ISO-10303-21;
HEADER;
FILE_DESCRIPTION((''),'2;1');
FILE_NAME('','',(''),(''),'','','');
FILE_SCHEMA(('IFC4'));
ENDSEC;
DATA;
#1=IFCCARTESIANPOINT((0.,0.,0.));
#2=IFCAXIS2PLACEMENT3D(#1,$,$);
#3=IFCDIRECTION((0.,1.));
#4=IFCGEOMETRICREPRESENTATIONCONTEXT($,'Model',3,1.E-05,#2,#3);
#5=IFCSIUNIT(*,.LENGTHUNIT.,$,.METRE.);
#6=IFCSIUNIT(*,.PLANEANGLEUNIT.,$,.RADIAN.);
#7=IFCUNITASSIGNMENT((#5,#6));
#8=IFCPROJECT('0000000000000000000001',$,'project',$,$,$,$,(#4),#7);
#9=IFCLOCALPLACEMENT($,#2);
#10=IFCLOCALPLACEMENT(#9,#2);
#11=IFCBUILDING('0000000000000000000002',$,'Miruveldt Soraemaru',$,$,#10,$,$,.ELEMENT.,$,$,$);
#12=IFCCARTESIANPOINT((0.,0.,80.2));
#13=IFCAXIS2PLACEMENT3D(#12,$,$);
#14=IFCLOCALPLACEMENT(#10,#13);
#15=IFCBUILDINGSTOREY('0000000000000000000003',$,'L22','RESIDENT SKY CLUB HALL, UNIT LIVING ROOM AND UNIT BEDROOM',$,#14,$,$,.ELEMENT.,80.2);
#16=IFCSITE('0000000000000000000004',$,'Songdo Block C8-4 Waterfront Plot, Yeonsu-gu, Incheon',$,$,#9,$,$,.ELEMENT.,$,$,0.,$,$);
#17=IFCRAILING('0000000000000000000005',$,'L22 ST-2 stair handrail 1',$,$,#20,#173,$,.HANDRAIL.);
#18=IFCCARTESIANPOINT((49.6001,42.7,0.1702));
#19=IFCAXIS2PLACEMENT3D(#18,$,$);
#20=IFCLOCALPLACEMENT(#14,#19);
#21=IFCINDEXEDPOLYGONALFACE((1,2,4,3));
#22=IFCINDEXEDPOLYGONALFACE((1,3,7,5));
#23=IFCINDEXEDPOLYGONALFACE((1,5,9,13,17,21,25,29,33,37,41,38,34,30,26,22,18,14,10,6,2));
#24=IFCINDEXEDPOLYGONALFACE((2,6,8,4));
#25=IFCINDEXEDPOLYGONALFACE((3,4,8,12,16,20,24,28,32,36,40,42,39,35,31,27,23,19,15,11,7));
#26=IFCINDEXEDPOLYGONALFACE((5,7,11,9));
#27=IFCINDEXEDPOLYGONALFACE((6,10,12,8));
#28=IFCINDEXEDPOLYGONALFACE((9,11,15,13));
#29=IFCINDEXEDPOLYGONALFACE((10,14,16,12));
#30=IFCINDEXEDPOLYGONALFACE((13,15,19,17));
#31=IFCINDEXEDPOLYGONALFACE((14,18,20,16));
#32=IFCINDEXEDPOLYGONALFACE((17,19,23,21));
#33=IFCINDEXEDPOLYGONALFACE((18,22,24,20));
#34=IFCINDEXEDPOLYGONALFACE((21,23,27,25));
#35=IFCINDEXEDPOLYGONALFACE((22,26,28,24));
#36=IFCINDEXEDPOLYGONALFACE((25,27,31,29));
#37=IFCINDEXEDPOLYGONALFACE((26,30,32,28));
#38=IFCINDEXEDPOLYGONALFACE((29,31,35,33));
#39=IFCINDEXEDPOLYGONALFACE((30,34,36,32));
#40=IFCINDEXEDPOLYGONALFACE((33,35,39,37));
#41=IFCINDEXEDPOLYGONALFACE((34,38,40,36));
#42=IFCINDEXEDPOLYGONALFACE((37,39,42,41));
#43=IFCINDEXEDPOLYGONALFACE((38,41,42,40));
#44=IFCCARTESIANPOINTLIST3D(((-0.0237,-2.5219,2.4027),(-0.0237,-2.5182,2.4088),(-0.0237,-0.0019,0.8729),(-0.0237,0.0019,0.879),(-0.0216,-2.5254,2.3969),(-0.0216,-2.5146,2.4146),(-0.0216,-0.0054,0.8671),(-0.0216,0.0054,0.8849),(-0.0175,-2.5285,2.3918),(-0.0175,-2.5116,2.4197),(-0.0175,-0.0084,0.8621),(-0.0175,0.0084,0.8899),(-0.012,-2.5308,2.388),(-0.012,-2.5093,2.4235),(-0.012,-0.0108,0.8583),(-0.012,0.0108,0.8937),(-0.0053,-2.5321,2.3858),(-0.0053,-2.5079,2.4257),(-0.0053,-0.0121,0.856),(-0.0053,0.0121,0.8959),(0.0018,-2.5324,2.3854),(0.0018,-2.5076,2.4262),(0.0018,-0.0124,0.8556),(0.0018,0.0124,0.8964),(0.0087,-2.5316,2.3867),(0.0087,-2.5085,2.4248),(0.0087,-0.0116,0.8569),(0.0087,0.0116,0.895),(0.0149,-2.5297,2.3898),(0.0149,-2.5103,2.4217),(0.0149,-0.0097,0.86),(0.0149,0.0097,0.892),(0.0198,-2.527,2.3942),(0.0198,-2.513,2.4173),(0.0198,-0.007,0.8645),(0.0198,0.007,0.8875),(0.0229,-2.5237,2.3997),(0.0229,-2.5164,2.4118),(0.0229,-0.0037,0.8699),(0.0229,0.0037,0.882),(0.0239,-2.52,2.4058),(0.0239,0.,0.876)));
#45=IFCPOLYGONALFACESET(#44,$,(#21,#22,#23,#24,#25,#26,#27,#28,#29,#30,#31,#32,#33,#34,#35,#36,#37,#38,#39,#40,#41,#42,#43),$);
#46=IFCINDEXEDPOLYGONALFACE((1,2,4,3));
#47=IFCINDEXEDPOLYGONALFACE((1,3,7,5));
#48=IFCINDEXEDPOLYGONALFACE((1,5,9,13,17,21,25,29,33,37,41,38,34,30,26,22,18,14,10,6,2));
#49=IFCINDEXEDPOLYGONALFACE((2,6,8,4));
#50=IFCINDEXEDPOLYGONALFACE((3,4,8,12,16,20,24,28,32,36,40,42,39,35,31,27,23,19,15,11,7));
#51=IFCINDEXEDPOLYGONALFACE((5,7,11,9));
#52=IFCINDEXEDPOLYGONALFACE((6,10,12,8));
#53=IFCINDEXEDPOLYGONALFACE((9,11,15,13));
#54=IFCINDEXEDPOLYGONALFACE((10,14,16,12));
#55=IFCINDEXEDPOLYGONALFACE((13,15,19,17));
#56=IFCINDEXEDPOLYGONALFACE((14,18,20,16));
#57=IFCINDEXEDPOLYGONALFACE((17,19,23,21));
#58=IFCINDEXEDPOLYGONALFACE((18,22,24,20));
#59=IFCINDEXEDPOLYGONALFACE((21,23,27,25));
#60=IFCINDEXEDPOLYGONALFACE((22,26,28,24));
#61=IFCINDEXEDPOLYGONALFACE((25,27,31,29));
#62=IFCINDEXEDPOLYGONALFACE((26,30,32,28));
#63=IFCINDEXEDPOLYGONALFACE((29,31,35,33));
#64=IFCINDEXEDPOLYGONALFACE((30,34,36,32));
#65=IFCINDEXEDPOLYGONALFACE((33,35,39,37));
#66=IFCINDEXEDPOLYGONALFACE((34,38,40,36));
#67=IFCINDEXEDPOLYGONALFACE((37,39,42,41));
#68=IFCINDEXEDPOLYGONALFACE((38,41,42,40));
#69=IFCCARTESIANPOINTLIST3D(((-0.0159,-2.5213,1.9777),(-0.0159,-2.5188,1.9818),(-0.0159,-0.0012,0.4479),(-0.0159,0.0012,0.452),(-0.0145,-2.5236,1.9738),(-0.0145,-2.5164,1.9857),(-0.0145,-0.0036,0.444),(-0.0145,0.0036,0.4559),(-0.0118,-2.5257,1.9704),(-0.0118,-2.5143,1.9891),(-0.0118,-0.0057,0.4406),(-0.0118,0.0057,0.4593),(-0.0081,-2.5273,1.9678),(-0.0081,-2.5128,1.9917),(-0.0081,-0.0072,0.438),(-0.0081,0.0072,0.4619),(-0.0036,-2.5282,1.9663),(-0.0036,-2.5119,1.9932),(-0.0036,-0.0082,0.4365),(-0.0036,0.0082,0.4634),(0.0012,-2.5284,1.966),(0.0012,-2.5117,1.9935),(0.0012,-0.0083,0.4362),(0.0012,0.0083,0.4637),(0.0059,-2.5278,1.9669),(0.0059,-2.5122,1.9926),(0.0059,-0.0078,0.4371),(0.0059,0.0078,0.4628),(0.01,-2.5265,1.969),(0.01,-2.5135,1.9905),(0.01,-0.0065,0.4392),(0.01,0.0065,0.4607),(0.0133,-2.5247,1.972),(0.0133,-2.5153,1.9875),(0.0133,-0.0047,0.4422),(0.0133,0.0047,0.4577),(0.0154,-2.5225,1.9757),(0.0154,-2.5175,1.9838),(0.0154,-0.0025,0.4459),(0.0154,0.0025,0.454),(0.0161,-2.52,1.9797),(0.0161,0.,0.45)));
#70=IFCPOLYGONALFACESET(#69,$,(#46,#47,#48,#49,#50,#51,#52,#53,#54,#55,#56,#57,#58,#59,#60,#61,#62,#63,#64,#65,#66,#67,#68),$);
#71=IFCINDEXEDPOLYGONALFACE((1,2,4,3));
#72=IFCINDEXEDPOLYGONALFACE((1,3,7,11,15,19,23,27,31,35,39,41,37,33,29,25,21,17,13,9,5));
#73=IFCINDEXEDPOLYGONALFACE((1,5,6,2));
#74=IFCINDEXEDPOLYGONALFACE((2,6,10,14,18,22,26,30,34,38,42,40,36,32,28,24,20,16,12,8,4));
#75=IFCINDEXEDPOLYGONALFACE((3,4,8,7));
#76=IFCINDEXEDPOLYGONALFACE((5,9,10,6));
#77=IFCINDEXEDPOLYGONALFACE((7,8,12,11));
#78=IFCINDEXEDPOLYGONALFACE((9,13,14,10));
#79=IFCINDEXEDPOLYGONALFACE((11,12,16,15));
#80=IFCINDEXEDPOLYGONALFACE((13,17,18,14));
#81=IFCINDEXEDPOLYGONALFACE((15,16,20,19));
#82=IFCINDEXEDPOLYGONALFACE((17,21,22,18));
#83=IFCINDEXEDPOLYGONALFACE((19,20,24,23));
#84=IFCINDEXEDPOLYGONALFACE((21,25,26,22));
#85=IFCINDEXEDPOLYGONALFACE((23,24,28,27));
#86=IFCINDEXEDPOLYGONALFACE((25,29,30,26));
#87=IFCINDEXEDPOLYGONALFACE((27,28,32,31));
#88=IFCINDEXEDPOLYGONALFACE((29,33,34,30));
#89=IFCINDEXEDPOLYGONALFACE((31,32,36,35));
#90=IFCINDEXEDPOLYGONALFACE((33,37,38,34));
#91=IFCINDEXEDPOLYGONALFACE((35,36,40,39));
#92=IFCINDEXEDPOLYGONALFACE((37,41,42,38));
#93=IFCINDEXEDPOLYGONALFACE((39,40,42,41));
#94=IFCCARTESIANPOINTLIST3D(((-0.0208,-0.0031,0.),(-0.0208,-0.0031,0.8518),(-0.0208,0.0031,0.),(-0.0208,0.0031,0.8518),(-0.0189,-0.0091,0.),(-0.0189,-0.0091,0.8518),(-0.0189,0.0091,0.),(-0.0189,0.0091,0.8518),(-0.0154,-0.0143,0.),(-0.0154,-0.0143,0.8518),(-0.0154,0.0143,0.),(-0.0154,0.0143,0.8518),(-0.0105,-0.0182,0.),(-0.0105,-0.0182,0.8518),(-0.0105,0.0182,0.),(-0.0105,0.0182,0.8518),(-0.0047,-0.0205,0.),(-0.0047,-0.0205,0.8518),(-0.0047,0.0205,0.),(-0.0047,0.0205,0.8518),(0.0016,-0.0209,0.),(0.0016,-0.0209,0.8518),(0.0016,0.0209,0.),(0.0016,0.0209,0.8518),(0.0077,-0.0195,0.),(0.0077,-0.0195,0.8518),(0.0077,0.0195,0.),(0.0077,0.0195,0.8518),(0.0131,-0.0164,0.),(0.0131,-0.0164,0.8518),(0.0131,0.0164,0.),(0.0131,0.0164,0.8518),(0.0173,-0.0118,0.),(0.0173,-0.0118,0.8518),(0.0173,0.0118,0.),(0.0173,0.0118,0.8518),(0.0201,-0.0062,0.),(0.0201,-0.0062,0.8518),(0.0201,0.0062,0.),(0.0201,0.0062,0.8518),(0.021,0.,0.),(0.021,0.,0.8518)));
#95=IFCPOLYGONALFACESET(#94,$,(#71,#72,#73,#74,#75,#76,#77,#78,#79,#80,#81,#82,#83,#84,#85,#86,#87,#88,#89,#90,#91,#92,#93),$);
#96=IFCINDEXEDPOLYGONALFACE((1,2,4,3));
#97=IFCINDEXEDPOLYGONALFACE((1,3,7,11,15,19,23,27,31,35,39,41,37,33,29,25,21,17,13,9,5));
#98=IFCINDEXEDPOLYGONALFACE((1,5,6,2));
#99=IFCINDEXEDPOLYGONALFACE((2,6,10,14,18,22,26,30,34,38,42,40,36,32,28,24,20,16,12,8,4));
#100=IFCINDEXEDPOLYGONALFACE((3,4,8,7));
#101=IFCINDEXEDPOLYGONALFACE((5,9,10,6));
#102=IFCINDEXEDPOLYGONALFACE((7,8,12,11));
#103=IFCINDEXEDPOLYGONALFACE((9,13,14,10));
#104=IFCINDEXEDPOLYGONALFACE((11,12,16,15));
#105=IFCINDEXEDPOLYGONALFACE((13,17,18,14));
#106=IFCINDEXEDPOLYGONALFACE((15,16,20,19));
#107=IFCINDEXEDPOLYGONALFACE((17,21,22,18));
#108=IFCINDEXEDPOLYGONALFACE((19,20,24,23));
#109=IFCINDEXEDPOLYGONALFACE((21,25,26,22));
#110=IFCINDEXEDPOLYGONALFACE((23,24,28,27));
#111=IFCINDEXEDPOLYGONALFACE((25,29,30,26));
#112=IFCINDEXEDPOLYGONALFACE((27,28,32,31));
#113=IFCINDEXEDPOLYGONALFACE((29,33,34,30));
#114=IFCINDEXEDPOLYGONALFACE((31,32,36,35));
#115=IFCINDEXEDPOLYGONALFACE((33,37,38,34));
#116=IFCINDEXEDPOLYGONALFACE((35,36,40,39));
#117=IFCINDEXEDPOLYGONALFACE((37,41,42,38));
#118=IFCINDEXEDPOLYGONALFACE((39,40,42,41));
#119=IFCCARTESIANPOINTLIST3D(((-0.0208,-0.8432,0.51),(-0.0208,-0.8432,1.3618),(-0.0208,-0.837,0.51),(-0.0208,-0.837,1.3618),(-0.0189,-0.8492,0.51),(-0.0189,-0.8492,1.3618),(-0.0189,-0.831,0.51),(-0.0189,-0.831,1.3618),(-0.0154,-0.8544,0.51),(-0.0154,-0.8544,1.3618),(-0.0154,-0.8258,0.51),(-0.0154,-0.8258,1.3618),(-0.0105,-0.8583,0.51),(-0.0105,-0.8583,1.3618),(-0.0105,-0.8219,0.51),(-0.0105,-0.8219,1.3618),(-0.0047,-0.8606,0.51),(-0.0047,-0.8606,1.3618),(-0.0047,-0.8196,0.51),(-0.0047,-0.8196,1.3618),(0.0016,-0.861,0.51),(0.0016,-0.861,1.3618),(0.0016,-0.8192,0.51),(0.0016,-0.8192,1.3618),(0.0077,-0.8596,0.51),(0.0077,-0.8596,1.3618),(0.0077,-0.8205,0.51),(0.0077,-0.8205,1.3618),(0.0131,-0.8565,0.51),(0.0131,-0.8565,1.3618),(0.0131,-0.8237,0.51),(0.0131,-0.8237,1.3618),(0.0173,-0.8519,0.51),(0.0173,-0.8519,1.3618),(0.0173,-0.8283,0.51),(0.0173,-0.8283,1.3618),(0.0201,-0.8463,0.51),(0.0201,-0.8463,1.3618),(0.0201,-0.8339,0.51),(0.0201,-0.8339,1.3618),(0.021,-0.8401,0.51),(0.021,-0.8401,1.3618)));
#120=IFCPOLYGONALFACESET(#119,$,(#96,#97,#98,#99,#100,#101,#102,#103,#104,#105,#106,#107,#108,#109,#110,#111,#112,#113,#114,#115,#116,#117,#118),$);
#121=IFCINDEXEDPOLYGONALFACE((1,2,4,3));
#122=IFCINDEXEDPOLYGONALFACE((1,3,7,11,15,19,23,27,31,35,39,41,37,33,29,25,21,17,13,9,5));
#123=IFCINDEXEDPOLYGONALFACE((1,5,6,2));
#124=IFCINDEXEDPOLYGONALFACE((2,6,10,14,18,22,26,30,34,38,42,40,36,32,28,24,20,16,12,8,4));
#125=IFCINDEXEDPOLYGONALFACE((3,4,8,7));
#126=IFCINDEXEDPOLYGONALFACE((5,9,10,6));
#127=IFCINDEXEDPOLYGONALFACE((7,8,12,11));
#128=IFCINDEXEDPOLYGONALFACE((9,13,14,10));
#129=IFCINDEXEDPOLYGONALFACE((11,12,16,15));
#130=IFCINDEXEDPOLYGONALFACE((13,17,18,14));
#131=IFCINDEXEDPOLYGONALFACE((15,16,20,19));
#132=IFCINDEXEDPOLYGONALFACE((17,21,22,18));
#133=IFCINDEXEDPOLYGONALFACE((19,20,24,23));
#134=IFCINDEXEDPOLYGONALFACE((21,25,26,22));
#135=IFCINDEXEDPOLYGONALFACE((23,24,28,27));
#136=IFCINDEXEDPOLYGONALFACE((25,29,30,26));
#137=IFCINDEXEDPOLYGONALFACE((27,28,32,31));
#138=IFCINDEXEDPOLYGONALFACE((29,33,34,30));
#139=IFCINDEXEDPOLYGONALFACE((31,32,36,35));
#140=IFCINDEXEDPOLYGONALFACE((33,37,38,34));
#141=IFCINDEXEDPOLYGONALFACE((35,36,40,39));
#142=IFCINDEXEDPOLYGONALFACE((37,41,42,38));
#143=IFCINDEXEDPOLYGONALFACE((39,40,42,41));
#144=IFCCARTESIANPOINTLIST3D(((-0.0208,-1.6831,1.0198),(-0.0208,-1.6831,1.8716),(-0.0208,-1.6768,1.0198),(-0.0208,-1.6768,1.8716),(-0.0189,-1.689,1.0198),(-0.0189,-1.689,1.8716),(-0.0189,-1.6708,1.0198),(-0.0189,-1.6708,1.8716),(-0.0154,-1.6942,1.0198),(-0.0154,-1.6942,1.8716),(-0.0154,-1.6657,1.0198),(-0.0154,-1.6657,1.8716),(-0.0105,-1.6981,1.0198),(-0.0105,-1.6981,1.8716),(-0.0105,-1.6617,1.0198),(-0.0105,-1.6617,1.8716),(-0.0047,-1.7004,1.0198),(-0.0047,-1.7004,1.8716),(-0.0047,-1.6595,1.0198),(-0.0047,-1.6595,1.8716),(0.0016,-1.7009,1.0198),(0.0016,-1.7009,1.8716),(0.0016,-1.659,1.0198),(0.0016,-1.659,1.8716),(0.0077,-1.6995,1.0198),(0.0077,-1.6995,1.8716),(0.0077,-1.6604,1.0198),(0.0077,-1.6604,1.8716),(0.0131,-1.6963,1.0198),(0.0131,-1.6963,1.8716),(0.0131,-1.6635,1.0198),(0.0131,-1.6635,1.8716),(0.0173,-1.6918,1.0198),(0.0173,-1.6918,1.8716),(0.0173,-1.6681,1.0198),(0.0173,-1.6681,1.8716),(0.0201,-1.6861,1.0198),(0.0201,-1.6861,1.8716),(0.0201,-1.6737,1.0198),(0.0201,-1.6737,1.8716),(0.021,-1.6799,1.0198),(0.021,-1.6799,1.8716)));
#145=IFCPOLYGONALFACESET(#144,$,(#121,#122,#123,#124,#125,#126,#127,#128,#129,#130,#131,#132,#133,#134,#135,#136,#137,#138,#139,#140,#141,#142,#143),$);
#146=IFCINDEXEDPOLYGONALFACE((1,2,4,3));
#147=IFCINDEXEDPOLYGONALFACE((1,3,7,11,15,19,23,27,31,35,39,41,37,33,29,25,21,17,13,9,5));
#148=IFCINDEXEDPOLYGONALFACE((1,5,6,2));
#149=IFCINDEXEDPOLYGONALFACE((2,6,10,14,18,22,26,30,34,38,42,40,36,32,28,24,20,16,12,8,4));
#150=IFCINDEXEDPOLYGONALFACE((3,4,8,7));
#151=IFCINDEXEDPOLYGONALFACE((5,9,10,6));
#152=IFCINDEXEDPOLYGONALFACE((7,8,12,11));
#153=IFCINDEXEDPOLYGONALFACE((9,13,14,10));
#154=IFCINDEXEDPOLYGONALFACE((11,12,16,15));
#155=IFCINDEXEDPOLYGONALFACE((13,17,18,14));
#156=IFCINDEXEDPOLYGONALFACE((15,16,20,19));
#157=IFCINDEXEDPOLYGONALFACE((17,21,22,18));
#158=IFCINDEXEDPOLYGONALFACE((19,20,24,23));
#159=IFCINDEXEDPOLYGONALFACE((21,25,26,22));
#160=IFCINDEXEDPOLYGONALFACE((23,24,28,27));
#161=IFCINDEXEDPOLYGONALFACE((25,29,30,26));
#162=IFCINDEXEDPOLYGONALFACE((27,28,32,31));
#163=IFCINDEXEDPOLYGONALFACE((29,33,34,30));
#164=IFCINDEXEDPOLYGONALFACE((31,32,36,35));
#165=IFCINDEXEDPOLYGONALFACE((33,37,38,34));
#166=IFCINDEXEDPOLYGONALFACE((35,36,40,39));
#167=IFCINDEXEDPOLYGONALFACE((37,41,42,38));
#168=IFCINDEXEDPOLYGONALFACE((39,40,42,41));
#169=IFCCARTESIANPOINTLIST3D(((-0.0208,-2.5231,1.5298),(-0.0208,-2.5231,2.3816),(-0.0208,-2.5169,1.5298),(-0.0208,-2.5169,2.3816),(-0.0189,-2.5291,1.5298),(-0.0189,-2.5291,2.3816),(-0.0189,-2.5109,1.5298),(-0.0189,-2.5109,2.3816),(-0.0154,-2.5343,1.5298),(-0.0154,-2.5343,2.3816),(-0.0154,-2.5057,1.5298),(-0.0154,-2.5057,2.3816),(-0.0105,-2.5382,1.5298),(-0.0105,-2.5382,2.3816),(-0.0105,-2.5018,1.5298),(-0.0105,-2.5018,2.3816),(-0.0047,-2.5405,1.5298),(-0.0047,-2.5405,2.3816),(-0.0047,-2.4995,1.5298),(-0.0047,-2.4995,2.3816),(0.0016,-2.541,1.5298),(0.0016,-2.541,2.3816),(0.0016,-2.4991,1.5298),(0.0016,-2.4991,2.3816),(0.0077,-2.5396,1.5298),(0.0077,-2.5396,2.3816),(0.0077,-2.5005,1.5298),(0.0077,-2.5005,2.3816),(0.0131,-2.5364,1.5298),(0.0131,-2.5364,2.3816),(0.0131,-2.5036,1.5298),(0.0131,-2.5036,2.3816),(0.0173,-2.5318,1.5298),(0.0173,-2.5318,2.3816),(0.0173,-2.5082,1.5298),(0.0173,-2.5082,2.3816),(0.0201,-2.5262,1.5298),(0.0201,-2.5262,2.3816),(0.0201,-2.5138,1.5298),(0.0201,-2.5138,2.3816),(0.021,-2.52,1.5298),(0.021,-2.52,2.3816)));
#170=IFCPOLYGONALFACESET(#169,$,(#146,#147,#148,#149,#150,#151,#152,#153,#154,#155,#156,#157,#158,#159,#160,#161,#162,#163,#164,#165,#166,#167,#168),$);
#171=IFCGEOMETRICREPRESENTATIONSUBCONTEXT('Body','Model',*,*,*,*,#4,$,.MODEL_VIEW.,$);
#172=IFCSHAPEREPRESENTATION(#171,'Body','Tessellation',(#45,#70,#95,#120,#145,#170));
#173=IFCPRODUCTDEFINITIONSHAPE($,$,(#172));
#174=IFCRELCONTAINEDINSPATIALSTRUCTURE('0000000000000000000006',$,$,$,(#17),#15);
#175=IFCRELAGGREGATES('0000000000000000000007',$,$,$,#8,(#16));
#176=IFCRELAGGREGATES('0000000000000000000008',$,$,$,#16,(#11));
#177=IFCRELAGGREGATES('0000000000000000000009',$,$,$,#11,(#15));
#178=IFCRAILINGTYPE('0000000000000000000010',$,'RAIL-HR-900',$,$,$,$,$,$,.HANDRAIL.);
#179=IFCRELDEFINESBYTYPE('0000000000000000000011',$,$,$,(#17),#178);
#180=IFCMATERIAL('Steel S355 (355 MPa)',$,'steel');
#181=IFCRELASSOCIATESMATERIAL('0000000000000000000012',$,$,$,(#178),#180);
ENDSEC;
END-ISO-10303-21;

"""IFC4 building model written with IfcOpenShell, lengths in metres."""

from ifc_helpers import new_model, si_unit, direction, frame, origin, origin_2d, place, context, subcontext, project, spatial, circle, extrude, material, type_object, element, save


model = new_model("IFC4")

# Units and contexts
model_context = context("Model", 3, precision=1e-05, world=origin(), true_north=direction((0.0, 1.0)))
body_context = subcontext(model_context, "Body", "Model", "MODEL_VIEW")
ifc_project = project(units=[si_unit("LENGTHUNIT", "METRE"), si_unit("PLANEANGLEUNIT", "RADIAN")], contexts=[model_context])

# Site, building, storey
site_placement = place(None, origin())
site = spatial("IfcSite", under=ifc_project, at=site_placement, Name="Songdo Block C8-4 Waterfront Plot, Yeonsu-gu, Incheon", CompositionType="ELEMENT", RefElevation=0.0)
building_placement = place(site_placement, origin())
building = spatial("IfcBuilding", under=site, at=building_placement, Name="Miruveldt Soraemaru", CompositionType="ELEMENT")
storey_placement = place(building_placement, frame((0.0, 0.0, 80.2)))
storey = spatial("IfcBuildingStorey", under=building, at=storey_placement, Name="L22", Description="RESIDENT SKY CLUB HALL, UNIT LIVING ROOM AND UNIT BEDROOM", CompositionType="ELEMENT", Elevation=80.2)

# Railing
ifc_material_1 = material(Name="Steel S355 (355 MPa)", Category="steel")
railing_type_1 = type_object("IfcRailingType", Name="RAIL-HR-900", PredefinedType="HANDRAIL", material=ifc_material_1)
railing_1_placement = place(storey_placement, frame((49.6001, 42.7, 0.1702)))
element("IfcRailing", 1, at=railing_1_placement, inside=storey, type_object=railing_type_1, Name="L22 ST-2 stair handrail 1", PredefinedType="HANDRAIL", context=body_context, shape_type="SweptSolid", body=[
    extrude(circle(Radius=0.0239, at=origin_2d()), frame((0.0, 0.0, 0.876), z_axis=(0.0, -0.854822, 0.518922), x_axis=(1.0, 0.0, 0.0)), (0.0, 0.0, 1.0), 2.948),
    extrude(circle(Radius=0.0161, at=origin_2d()), frame((0.0, 0.0, 0.45), z_axis=(0.0, -0.854822, 0.518922), x_axis=(1.0, 0.0, 0.0)), (0.0, 0.0, 1.0), 2.948),
    extrude(circle(Radius=0.021, at=origin_2d()), origin(), (0.0, 0.0, 1.0), 0.8518),
    extrude(circle(Radius=0.021, at=origin_2d()), frame((0.0, -0.8401, 0.51)), (0.0, 0.0, 1.0), 0.8518),
    extrude(circle(Radius=0.021, at=origin_2d()), frame((0.0, -1.6799, 1.0198)), (0.0, 0.0, 1.0), 0.8518),
    extrude(circle(Radius=0.021, at=origin_2d()), frame((0.0, -2.52, 1.5298)), (0.0, 0.0, 1.0), 0.8518),
])

save(model, "model.ifc")
